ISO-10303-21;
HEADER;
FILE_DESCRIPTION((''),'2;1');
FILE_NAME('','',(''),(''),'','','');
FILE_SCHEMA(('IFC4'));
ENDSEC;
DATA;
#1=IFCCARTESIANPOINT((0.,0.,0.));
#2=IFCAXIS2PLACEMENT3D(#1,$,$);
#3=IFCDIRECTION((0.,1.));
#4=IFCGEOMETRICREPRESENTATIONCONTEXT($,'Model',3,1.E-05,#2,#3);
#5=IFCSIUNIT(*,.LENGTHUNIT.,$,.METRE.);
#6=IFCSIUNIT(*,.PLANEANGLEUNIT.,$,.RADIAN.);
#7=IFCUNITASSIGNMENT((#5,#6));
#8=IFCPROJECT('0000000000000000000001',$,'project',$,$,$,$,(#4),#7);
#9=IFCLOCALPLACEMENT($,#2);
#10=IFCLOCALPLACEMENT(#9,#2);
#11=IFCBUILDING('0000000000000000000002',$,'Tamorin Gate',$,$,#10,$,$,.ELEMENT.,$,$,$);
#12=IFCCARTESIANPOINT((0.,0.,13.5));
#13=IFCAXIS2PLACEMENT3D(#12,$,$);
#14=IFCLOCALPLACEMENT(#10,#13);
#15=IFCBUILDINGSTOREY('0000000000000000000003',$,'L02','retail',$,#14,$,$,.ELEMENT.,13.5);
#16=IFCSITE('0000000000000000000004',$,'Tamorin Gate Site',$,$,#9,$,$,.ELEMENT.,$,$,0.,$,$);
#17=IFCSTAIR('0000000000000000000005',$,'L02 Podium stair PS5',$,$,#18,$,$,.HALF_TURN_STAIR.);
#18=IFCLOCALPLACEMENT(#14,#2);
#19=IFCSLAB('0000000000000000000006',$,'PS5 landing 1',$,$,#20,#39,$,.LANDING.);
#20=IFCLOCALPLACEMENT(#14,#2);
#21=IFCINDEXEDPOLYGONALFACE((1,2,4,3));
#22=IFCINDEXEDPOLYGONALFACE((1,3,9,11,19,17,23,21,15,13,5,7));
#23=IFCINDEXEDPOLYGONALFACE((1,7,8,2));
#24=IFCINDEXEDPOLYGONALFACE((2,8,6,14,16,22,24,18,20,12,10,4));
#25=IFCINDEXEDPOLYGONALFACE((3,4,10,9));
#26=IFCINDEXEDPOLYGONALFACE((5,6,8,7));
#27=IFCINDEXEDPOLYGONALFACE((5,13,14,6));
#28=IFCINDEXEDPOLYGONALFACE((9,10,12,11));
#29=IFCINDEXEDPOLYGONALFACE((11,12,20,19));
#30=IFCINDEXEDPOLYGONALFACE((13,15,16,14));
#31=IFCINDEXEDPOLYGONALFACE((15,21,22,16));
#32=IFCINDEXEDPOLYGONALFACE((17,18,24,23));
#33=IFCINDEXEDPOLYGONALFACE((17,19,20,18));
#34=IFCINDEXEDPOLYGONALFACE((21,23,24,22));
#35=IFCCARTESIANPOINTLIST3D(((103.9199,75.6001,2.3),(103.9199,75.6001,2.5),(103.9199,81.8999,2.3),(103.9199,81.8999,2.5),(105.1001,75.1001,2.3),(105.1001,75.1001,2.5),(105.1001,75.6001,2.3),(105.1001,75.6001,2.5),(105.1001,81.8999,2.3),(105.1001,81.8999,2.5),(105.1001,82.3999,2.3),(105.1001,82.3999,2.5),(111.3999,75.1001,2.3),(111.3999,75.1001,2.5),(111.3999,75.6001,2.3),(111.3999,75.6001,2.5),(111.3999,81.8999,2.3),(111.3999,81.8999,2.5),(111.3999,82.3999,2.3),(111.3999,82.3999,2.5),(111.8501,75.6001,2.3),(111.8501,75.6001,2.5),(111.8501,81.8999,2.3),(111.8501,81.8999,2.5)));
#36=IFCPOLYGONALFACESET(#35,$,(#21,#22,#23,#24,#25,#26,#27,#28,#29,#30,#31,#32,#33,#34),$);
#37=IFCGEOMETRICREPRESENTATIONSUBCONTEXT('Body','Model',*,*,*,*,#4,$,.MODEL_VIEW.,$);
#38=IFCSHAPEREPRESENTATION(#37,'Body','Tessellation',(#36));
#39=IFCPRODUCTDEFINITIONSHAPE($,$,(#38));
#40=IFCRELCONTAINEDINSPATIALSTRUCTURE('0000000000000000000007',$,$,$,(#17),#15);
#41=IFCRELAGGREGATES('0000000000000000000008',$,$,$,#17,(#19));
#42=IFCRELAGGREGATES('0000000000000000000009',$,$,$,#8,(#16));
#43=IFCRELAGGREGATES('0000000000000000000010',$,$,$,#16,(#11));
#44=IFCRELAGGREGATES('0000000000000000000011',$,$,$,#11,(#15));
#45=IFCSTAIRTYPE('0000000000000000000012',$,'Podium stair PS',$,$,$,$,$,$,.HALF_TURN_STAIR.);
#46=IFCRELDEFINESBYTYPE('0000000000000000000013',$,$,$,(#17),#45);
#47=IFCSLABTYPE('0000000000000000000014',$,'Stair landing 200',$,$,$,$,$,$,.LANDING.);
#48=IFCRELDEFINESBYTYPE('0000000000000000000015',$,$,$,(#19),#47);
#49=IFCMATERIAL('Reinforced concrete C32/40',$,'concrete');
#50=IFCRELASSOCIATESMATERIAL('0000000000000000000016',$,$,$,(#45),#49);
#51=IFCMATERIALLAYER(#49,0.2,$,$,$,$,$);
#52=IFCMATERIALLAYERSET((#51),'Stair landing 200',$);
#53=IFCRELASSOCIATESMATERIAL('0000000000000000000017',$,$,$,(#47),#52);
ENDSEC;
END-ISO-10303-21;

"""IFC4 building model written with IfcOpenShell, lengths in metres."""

from ifc_helpers import new_model, si_unit, direction, frame, origin, place, context, subcontext, project, spatial, polyline, outline, extrude, material, layer, layer_set, type_object, element, aggregate, save


model = new_model("IFC4")

# Units and contexts
model_context = context("Model", 3, precision=1e-05, world=origin(), true_north=direction((0.0, 1.0)))
body_context = subcontext(model_context, "Body", "Model", "MODEL_VIEW")
ifc_project = project(units=[si_unit("LENGTHUNIT", "METRE"), si_unit("PLANEANGLEUNIT", "RADIAN")], contexts=[model_context])

# Site, building, storey
site_placement = place(None, origin())
site = spatial("IfcSite", under=ifc_project, at=site_placement, Name="Tamorin Gate Site", CompositionType="ELEMENT", RefElevation=0.0)
building_placement = place(site_placement, origin())
building = spatial("IfcBuilding", under=site, at=building_placement, Name="Tamorin Gate", CompositionType="ELEMENT")
storey_placement = place(building_placement, frame((0.0, 0.0, 13.5)))
storey = spatial("IfcBuildingStorey", under=building, at=storey_placement, Name="L02", Description="retail", CompositionType="ELEMENT", Elevation=13.5)

# Stair, slab
ifc_material_1 = material(Name="Reinforced concrete C32/40", Category="concrete")
stair_type_1 = type_object("IfcStairType", Name="Podium stair PS", PredefinedType="HALF_TURN_STAIR", material=ifc_material_1)
ifc_layer_1 = layer(ifc_material_1, 0.2)
ifc_layer_set_1 = layer_set([ifc_layer_1], Name="Stair landing 200")
slab_type_1 = type_object("IfcSlabType", Name="Stair landing 200", PredefinedType="LANDING", material=ifc_layer_set_1)
stair_1_placement = place(storey_placement, origin())
stair_1 = element("IfcStair", 1, at=stair_1_placement, inside=storey, type_object=stair_type_1, Name="L02 Podium stair PS5", PredefinedType="HALF_TURN_STAIR")
slab_1_placement = place(storey_placement, frame((0.0, 0.0, 2.3)))
slab_1 = element("IfcSlab", 2, at=slab_1_placement, type_object=slab_type_1, Name="PS5 landing 1", PredefinedType="LANDING", context=body_context, shape_type="SweptSolid", body=[
    extrude(outline(polyline([(111.3999, 75.6001), (111.3999, 75.1001), (105.1001, 75.1001), (105.1001, 75.6001), (103.9199, 75.6001), (103.9199, 81.8999), (105.1001, 81.8999), (105.1001, 82.3999), (111.3999, 82.3999), (111.3999, 81.8999), (111.8501, 81.8999), (111.8501, 75.6001), (111.3999, 75.6001)])), origin(), (0.0, 0.0, 1.0), 0.2),
])
aggregate(stair_1, [slab_1])

save(model, "model.ifc")
